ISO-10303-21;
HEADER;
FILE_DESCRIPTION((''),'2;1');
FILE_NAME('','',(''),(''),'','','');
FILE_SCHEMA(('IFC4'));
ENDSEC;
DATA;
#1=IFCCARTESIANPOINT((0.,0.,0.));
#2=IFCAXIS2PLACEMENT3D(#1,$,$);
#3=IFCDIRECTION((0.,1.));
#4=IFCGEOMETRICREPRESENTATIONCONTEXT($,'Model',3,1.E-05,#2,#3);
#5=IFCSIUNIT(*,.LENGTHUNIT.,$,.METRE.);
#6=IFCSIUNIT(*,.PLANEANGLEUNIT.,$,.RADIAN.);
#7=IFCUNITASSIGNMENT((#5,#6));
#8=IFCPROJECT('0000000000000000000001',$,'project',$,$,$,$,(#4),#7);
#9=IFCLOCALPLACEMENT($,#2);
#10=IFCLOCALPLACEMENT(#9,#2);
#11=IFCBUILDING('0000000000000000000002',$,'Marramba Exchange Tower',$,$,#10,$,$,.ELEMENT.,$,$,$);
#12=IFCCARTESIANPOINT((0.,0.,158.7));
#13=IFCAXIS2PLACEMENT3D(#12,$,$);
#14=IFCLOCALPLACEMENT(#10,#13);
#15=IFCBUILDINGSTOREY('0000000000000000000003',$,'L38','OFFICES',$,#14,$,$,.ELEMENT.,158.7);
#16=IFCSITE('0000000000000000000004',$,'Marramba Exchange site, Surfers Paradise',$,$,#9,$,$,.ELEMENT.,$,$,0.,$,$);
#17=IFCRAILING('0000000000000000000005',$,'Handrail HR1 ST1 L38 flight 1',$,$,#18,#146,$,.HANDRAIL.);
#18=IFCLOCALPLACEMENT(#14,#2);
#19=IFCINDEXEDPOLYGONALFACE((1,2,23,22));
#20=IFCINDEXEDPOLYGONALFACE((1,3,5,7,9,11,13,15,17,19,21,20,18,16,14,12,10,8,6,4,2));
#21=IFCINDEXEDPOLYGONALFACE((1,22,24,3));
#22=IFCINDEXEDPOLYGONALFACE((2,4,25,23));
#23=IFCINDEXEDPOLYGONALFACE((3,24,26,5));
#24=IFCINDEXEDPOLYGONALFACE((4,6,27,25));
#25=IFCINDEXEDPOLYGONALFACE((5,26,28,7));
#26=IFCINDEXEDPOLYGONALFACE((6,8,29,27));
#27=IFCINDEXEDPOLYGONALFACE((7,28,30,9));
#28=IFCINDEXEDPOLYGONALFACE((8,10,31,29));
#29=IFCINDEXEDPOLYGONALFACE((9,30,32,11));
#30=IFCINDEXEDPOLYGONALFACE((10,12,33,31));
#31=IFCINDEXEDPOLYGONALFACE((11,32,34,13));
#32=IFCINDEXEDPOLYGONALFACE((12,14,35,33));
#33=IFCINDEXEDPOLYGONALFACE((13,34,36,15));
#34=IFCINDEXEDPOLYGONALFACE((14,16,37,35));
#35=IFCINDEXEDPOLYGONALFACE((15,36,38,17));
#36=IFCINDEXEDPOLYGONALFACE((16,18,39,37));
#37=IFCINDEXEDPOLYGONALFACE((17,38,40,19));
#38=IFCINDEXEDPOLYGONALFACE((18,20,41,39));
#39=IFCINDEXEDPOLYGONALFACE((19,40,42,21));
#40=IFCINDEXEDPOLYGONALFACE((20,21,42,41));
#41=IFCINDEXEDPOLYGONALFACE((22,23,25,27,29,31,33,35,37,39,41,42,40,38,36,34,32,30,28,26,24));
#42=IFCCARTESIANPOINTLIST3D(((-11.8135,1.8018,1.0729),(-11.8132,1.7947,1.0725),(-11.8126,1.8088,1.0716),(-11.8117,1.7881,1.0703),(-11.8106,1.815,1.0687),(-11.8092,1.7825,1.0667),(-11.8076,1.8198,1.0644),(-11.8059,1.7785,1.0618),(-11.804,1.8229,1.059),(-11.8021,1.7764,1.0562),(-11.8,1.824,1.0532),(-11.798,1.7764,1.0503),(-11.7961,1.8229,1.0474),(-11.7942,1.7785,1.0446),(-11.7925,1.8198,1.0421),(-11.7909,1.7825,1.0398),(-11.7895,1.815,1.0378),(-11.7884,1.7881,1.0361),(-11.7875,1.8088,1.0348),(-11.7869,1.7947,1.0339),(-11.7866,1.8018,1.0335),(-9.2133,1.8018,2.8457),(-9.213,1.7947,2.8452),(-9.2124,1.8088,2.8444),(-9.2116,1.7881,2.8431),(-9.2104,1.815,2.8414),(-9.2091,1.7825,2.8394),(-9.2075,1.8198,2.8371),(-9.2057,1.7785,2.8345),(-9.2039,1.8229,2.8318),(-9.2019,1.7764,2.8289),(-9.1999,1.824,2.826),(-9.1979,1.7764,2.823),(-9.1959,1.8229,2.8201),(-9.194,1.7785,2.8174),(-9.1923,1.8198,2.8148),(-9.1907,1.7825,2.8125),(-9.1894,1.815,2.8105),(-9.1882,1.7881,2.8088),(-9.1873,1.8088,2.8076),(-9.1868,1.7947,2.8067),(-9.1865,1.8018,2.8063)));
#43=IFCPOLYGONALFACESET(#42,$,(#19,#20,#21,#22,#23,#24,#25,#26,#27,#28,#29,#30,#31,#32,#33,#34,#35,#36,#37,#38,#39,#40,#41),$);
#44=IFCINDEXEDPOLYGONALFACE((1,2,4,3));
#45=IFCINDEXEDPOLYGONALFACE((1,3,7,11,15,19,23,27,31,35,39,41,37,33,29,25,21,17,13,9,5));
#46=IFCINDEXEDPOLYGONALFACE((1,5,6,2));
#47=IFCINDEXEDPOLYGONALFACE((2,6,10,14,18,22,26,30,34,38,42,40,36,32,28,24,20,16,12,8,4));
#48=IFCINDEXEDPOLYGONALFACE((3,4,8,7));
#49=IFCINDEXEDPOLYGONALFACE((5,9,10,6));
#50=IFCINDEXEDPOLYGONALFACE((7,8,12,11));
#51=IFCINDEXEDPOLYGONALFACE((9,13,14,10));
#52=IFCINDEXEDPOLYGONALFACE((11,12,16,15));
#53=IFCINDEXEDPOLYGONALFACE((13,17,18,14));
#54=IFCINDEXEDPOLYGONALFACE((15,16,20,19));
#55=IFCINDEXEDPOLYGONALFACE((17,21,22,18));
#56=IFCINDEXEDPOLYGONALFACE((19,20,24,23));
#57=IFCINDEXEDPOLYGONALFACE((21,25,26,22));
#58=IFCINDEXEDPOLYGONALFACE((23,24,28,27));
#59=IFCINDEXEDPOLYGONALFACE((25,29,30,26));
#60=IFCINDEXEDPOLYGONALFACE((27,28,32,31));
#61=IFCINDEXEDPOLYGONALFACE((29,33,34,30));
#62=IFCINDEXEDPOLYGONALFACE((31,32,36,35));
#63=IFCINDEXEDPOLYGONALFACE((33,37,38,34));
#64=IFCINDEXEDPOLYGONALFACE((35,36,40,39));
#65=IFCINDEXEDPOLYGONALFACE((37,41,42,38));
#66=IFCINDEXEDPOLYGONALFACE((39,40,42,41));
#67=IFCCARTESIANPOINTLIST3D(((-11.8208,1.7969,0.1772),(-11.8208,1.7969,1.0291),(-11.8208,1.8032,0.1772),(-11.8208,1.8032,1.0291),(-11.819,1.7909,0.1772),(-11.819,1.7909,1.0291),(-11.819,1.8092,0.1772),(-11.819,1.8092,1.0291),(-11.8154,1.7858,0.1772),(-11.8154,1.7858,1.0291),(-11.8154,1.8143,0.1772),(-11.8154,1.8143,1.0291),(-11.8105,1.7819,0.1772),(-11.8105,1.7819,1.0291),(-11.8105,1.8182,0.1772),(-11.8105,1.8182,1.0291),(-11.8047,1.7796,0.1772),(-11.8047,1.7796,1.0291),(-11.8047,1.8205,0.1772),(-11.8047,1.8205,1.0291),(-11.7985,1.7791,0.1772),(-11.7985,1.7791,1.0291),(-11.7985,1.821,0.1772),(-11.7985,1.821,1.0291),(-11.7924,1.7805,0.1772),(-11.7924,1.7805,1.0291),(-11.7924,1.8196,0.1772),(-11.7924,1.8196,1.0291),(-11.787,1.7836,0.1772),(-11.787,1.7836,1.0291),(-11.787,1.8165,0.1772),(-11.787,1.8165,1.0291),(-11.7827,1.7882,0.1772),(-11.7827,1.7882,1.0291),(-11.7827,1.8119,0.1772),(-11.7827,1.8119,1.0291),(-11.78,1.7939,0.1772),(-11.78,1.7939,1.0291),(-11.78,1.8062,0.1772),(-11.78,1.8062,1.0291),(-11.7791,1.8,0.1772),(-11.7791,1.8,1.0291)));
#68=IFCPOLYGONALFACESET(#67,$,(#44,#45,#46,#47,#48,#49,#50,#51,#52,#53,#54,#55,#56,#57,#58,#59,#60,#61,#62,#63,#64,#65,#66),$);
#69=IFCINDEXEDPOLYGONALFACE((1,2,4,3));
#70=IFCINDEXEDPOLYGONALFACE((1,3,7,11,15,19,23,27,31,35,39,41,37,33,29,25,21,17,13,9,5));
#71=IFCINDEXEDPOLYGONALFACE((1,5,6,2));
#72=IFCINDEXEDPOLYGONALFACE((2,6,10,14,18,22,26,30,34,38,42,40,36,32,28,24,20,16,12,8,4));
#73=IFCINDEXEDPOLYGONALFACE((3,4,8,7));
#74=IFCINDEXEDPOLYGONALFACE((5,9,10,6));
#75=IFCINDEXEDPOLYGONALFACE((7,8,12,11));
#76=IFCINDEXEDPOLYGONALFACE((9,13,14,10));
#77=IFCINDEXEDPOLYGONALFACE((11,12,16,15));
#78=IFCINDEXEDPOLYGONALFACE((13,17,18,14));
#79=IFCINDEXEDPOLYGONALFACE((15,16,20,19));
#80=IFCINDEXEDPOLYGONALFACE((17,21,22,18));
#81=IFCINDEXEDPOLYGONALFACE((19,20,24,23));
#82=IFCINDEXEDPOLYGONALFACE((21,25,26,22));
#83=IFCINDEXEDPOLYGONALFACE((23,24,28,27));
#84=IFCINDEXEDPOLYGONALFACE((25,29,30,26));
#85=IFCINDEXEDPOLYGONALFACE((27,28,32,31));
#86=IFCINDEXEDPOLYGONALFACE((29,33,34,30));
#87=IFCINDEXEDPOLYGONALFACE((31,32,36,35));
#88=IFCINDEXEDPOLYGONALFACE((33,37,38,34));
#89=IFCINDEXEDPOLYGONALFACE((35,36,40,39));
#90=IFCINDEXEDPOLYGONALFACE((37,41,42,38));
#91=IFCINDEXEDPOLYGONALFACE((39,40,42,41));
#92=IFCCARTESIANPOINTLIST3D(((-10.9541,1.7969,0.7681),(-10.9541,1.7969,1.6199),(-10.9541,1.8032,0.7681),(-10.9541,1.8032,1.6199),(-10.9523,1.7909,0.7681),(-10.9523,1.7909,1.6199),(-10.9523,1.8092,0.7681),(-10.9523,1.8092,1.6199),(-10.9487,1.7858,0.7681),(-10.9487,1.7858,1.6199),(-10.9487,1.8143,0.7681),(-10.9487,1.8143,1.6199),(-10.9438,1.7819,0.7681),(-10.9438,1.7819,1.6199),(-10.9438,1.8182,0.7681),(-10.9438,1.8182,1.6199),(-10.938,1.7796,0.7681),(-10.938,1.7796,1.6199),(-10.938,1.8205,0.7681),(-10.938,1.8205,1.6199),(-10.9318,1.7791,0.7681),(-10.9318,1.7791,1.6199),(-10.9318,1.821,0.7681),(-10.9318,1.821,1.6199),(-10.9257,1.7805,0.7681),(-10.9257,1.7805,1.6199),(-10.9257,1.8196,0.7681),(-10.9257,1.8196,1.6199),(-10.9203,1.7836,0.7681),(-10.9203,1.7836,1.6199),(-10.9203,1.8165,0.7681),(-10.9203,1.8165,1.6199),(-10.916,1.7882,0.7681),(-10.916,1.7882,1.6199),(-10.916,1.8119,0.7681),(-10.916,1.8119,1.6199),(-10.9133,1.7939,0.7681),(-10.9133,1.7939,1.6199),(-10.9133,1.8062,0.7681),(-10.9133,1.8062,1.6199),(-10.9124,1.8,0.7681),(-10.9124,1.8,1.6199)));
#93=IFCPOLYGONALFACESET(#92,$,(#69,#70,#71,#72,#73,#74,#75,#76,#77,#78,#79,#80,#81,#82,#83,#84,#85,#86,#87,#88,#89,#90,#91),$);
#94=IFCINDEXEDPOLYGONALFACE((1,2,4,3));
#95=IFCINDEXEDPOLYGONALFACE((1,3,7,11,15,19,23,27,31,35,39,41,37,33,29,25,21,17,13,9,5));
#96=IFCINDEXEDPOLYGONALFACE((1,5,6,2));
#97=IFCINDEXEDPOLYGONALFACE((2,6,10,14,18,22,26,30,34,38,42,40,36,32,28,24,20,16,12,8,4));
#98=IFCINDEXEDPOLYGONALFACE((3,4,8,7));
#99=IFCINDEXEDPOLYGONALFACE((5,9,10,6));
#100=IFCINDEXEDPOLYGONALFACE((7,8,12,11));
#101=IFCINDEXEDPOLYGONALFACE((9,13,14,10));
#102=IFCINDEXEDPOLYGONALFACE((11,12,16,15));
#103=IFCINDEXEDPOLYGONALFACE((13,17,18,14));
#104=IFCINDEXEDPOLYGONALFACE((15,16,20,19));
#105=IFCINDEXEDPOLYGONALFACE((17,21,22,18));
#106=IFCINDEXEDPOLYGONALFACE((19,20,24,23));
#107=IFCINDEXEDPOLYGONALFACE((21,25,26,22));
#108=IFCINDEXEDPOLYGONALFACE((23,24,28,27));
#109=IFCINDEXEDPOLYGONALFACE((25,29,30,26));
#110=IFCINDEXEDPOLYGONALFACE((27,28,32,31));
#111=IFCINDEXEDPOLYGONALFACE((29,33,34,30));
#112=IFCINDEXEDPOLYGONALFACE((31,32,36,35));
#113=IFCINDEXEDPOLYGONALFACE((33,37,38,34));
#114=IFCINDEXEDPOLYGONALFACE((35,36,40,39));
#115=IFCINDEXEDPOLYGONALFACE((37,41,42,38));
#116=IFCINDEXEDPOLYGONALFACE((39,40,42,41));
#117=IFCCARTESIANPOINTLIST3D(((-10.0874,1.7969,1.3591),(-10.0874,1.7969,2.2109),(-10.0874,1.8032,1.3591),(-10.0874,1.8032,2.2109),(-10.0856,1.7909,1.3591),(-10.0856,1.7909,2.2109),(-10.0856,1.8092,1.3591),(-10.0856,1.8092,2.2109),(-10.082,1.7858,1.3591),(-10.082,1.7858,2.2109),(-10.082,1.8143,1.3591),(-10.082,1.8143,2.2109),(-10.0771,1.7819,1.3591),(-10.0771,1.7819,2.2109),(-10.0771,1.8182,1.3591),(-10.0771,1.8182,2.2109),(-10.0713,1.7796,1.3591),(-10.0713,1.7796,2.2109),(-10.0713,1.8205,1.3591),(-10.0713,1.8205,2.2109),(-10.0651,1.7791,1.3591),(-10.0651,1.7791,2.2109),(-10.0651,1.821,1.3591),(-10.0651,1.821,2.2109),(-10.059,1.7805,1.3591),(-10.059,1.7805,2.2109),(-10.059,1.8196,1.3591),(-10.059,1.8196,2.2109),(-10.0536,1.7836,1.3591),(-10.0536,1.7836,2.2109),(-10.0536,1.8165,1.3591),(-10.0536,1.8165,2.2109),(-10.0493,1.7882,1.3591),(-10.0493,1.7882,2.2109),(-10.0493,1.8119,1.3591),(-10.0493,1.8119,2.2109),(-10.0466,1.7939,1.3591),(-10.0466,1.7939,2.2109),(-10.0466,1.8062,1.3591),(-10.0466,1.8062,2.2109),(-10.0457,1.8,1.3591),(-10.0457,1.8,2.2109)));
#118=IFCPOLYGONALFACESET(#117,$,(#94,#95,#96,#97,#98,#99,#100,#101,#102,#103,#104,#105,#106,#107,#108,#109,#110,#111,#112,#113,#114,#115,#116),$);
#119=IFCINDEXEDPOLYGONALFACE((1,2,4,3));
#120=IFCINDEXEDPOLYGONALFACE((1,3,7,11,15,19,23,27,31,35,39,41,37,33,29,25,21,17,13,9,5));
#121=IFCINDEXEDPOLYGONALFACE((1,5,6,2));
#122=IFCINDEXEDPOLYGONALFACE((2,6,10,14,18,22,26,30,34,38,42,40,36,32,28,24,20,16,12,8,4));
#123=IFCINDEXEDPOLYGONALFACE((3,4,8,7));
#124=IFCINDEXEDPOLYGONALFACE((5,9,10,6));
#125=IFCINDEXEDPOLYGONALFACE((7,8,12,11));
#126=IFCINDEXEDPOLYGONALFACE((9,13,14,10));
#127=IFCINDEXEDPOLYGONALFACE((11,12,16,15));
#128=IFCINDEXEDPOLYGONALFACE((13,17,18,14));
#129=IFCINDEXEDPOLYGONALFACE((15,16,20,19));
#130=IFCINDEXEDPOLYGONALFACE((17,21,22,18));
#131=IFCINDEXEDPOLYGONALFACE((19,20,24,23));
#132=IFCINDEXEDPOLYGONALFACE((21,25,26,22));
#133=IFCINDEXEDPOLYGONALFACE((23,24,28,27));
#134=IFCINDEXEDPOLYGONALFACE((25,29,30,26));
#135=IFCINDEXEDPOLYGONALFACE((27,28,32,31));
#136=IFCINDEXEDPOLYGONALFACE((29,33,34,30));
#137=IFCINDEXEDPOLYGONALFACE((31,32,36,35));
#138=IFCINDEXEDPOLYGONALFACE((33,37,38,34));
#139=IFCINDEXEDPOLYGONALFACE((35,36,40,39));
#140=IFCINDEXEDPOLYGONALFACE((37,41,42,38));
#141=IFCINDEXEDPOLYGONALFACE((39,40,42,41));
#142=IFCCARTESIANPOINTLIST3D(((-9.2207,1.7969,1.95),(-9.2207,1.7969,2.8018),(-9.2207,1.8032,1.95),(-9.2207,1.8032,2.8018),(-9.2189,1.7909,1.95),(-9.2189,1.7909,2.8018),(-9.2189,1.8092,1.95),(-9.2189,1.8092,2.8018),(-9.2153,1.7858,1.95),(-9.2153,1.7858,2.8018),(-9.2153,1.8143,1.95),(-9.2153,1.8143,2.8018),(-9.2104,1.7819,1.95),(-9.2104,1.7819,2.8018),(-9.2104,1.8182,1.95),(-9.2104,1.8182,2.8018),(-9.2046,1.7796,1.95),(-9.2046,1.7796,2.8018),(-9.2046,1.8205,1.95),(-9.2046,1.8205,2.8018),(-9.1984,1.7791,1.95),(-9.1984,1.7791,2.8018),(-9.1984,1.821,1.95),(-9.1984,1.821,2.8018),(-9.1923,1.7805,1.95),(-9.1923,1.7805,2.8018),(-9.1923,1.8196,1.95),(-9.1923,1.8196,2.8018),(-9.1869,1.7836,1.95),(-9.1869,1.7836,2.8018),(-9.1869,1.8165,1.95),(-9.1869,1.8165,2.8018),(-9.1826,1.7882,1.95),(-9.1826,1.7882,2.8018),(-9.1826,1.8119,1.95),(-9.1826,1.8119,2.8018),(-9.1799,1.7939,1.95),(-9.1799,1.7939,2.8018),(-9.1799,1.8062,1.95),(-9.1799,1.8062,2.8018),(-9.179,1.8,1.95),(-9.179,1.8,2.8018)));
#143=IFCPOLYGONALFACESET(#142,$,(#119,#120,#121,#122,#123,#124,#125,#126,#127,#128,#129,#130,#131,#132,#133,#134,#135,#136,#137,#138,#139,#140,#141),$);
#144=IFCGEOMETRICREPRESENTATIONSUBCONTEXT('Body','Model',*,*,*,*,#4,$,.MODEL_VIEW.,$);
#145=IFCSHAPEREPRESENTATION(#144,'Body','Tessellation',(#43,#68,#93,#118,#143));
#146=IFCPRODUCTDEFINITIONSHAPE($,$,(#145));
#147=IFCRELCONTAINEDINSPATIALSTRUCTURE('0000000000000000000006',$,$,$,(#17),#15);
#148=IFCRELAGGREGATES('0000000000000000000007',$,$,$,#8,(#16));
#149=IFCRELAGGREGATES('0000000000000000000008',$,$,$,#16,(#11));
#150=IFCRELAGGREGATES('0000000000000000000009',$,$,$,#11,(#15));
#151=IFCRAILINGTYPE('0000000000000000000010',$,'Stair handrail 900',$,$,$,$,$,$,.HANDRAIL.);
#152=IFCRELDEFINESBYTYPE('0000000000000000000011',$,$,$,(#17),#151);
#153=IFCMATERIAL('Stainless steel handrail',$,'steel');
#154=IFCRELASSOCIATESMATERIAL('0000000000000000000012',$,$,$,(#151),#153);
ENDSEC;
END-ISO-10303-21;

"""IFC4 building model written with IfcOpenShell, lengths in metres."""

from ifc_helpers import new_model, si_unit, direction, frame, origin, origin_2d, place, context, subcontext, project, spatial, circle, extrude, material, type_object, element, save


model = new_model("IFC4")

# Units and contexts
model_context = context("Model", 3, precision=1e-05, world=origin(), true_north=direction((0.0, 1.0)))
body_context = subcontext(model_context, "Body", "Model", "MODEL_VIEW")
ifc_project = project(units=[si_unit("LENGTHUNIT", "METRE"), si_unit("PLANEANGLEUNIT", "RADIAN")], contexts=[model_context])

# Site, building, storey
site_placement = place(None, origin())
site = spatial("IfcSite", under=ifc_project, at=site_placement, Name="Marramba Exchange site, Surfers Paradise", CompositionType="ELEMENT", RefElevation=0.0)
building_placement = place(site_placement, origin())
building = spatial("IfcBuilding", under=site, at=building_placement, Name="Marramba Exchange Tower", CompositionType="ELEMENT")
storey_placement = place(building_placement, frame((0.0, 0.0, 158.7)))
storey = spatial("IfcBuildingStorey", under=building, at=storey_placement, Name="L38", Description="OFFICES", CompositionType="ELEMENT", Elevation=158.7)

# Railing
ifc_material_1 = material(Name="Stainless steel handrail", Category="steel")
railing_type = type_object("IfcRailingType", Name="Stair handrail 900", PredefinedType="HANDRAIL", material=ifc_material_1)
railing_1_placement = place(storey_placement, frame((-11.8, 1.8, 0.1772)))
element("IfcRailing", 1, at=railing_1_placement, inside=storey, type_object=railing_type, Name="Handrail HR1 ST1 L38 flight 1", PredefinedType="HANDRAIL", context=body_context, shape_type="SweptSolid", body=[
    extrude(circle(Radius=0.0239, at=origin_2d()), frame((0.0, 0.0, 0.876), z_axis=(0.82624, 0.0, 0.563318), x_axis=(0.0, 1.0, 0.0)), (0.0, 0.0, 1.0), 3.147),
    extrude(circle(Radius=0.021, at=origin_2d()), origin(), (0.0, 0.0, 1.0), 0.8518),
    extrude(circle(Radius=0.021, at=origin_2d()), frame((0.8667, 0.0, 0.5908)), (0.0, 0.0, 1.0), 0.8518),
    extrude(circle(Radius=0.021, at=origin_2d()), frame((1.7334, 0.0, 1.1819)), (0.0, 0.0, 1.0), 0.8518),
    extrude(circle(Radius=0.021, at=origin_2d()), frame((2.6001, 0.0, 1.7727)), (0.0, 0.0, 1.0), 0.8518),
])

save(model, "model.ifc")
